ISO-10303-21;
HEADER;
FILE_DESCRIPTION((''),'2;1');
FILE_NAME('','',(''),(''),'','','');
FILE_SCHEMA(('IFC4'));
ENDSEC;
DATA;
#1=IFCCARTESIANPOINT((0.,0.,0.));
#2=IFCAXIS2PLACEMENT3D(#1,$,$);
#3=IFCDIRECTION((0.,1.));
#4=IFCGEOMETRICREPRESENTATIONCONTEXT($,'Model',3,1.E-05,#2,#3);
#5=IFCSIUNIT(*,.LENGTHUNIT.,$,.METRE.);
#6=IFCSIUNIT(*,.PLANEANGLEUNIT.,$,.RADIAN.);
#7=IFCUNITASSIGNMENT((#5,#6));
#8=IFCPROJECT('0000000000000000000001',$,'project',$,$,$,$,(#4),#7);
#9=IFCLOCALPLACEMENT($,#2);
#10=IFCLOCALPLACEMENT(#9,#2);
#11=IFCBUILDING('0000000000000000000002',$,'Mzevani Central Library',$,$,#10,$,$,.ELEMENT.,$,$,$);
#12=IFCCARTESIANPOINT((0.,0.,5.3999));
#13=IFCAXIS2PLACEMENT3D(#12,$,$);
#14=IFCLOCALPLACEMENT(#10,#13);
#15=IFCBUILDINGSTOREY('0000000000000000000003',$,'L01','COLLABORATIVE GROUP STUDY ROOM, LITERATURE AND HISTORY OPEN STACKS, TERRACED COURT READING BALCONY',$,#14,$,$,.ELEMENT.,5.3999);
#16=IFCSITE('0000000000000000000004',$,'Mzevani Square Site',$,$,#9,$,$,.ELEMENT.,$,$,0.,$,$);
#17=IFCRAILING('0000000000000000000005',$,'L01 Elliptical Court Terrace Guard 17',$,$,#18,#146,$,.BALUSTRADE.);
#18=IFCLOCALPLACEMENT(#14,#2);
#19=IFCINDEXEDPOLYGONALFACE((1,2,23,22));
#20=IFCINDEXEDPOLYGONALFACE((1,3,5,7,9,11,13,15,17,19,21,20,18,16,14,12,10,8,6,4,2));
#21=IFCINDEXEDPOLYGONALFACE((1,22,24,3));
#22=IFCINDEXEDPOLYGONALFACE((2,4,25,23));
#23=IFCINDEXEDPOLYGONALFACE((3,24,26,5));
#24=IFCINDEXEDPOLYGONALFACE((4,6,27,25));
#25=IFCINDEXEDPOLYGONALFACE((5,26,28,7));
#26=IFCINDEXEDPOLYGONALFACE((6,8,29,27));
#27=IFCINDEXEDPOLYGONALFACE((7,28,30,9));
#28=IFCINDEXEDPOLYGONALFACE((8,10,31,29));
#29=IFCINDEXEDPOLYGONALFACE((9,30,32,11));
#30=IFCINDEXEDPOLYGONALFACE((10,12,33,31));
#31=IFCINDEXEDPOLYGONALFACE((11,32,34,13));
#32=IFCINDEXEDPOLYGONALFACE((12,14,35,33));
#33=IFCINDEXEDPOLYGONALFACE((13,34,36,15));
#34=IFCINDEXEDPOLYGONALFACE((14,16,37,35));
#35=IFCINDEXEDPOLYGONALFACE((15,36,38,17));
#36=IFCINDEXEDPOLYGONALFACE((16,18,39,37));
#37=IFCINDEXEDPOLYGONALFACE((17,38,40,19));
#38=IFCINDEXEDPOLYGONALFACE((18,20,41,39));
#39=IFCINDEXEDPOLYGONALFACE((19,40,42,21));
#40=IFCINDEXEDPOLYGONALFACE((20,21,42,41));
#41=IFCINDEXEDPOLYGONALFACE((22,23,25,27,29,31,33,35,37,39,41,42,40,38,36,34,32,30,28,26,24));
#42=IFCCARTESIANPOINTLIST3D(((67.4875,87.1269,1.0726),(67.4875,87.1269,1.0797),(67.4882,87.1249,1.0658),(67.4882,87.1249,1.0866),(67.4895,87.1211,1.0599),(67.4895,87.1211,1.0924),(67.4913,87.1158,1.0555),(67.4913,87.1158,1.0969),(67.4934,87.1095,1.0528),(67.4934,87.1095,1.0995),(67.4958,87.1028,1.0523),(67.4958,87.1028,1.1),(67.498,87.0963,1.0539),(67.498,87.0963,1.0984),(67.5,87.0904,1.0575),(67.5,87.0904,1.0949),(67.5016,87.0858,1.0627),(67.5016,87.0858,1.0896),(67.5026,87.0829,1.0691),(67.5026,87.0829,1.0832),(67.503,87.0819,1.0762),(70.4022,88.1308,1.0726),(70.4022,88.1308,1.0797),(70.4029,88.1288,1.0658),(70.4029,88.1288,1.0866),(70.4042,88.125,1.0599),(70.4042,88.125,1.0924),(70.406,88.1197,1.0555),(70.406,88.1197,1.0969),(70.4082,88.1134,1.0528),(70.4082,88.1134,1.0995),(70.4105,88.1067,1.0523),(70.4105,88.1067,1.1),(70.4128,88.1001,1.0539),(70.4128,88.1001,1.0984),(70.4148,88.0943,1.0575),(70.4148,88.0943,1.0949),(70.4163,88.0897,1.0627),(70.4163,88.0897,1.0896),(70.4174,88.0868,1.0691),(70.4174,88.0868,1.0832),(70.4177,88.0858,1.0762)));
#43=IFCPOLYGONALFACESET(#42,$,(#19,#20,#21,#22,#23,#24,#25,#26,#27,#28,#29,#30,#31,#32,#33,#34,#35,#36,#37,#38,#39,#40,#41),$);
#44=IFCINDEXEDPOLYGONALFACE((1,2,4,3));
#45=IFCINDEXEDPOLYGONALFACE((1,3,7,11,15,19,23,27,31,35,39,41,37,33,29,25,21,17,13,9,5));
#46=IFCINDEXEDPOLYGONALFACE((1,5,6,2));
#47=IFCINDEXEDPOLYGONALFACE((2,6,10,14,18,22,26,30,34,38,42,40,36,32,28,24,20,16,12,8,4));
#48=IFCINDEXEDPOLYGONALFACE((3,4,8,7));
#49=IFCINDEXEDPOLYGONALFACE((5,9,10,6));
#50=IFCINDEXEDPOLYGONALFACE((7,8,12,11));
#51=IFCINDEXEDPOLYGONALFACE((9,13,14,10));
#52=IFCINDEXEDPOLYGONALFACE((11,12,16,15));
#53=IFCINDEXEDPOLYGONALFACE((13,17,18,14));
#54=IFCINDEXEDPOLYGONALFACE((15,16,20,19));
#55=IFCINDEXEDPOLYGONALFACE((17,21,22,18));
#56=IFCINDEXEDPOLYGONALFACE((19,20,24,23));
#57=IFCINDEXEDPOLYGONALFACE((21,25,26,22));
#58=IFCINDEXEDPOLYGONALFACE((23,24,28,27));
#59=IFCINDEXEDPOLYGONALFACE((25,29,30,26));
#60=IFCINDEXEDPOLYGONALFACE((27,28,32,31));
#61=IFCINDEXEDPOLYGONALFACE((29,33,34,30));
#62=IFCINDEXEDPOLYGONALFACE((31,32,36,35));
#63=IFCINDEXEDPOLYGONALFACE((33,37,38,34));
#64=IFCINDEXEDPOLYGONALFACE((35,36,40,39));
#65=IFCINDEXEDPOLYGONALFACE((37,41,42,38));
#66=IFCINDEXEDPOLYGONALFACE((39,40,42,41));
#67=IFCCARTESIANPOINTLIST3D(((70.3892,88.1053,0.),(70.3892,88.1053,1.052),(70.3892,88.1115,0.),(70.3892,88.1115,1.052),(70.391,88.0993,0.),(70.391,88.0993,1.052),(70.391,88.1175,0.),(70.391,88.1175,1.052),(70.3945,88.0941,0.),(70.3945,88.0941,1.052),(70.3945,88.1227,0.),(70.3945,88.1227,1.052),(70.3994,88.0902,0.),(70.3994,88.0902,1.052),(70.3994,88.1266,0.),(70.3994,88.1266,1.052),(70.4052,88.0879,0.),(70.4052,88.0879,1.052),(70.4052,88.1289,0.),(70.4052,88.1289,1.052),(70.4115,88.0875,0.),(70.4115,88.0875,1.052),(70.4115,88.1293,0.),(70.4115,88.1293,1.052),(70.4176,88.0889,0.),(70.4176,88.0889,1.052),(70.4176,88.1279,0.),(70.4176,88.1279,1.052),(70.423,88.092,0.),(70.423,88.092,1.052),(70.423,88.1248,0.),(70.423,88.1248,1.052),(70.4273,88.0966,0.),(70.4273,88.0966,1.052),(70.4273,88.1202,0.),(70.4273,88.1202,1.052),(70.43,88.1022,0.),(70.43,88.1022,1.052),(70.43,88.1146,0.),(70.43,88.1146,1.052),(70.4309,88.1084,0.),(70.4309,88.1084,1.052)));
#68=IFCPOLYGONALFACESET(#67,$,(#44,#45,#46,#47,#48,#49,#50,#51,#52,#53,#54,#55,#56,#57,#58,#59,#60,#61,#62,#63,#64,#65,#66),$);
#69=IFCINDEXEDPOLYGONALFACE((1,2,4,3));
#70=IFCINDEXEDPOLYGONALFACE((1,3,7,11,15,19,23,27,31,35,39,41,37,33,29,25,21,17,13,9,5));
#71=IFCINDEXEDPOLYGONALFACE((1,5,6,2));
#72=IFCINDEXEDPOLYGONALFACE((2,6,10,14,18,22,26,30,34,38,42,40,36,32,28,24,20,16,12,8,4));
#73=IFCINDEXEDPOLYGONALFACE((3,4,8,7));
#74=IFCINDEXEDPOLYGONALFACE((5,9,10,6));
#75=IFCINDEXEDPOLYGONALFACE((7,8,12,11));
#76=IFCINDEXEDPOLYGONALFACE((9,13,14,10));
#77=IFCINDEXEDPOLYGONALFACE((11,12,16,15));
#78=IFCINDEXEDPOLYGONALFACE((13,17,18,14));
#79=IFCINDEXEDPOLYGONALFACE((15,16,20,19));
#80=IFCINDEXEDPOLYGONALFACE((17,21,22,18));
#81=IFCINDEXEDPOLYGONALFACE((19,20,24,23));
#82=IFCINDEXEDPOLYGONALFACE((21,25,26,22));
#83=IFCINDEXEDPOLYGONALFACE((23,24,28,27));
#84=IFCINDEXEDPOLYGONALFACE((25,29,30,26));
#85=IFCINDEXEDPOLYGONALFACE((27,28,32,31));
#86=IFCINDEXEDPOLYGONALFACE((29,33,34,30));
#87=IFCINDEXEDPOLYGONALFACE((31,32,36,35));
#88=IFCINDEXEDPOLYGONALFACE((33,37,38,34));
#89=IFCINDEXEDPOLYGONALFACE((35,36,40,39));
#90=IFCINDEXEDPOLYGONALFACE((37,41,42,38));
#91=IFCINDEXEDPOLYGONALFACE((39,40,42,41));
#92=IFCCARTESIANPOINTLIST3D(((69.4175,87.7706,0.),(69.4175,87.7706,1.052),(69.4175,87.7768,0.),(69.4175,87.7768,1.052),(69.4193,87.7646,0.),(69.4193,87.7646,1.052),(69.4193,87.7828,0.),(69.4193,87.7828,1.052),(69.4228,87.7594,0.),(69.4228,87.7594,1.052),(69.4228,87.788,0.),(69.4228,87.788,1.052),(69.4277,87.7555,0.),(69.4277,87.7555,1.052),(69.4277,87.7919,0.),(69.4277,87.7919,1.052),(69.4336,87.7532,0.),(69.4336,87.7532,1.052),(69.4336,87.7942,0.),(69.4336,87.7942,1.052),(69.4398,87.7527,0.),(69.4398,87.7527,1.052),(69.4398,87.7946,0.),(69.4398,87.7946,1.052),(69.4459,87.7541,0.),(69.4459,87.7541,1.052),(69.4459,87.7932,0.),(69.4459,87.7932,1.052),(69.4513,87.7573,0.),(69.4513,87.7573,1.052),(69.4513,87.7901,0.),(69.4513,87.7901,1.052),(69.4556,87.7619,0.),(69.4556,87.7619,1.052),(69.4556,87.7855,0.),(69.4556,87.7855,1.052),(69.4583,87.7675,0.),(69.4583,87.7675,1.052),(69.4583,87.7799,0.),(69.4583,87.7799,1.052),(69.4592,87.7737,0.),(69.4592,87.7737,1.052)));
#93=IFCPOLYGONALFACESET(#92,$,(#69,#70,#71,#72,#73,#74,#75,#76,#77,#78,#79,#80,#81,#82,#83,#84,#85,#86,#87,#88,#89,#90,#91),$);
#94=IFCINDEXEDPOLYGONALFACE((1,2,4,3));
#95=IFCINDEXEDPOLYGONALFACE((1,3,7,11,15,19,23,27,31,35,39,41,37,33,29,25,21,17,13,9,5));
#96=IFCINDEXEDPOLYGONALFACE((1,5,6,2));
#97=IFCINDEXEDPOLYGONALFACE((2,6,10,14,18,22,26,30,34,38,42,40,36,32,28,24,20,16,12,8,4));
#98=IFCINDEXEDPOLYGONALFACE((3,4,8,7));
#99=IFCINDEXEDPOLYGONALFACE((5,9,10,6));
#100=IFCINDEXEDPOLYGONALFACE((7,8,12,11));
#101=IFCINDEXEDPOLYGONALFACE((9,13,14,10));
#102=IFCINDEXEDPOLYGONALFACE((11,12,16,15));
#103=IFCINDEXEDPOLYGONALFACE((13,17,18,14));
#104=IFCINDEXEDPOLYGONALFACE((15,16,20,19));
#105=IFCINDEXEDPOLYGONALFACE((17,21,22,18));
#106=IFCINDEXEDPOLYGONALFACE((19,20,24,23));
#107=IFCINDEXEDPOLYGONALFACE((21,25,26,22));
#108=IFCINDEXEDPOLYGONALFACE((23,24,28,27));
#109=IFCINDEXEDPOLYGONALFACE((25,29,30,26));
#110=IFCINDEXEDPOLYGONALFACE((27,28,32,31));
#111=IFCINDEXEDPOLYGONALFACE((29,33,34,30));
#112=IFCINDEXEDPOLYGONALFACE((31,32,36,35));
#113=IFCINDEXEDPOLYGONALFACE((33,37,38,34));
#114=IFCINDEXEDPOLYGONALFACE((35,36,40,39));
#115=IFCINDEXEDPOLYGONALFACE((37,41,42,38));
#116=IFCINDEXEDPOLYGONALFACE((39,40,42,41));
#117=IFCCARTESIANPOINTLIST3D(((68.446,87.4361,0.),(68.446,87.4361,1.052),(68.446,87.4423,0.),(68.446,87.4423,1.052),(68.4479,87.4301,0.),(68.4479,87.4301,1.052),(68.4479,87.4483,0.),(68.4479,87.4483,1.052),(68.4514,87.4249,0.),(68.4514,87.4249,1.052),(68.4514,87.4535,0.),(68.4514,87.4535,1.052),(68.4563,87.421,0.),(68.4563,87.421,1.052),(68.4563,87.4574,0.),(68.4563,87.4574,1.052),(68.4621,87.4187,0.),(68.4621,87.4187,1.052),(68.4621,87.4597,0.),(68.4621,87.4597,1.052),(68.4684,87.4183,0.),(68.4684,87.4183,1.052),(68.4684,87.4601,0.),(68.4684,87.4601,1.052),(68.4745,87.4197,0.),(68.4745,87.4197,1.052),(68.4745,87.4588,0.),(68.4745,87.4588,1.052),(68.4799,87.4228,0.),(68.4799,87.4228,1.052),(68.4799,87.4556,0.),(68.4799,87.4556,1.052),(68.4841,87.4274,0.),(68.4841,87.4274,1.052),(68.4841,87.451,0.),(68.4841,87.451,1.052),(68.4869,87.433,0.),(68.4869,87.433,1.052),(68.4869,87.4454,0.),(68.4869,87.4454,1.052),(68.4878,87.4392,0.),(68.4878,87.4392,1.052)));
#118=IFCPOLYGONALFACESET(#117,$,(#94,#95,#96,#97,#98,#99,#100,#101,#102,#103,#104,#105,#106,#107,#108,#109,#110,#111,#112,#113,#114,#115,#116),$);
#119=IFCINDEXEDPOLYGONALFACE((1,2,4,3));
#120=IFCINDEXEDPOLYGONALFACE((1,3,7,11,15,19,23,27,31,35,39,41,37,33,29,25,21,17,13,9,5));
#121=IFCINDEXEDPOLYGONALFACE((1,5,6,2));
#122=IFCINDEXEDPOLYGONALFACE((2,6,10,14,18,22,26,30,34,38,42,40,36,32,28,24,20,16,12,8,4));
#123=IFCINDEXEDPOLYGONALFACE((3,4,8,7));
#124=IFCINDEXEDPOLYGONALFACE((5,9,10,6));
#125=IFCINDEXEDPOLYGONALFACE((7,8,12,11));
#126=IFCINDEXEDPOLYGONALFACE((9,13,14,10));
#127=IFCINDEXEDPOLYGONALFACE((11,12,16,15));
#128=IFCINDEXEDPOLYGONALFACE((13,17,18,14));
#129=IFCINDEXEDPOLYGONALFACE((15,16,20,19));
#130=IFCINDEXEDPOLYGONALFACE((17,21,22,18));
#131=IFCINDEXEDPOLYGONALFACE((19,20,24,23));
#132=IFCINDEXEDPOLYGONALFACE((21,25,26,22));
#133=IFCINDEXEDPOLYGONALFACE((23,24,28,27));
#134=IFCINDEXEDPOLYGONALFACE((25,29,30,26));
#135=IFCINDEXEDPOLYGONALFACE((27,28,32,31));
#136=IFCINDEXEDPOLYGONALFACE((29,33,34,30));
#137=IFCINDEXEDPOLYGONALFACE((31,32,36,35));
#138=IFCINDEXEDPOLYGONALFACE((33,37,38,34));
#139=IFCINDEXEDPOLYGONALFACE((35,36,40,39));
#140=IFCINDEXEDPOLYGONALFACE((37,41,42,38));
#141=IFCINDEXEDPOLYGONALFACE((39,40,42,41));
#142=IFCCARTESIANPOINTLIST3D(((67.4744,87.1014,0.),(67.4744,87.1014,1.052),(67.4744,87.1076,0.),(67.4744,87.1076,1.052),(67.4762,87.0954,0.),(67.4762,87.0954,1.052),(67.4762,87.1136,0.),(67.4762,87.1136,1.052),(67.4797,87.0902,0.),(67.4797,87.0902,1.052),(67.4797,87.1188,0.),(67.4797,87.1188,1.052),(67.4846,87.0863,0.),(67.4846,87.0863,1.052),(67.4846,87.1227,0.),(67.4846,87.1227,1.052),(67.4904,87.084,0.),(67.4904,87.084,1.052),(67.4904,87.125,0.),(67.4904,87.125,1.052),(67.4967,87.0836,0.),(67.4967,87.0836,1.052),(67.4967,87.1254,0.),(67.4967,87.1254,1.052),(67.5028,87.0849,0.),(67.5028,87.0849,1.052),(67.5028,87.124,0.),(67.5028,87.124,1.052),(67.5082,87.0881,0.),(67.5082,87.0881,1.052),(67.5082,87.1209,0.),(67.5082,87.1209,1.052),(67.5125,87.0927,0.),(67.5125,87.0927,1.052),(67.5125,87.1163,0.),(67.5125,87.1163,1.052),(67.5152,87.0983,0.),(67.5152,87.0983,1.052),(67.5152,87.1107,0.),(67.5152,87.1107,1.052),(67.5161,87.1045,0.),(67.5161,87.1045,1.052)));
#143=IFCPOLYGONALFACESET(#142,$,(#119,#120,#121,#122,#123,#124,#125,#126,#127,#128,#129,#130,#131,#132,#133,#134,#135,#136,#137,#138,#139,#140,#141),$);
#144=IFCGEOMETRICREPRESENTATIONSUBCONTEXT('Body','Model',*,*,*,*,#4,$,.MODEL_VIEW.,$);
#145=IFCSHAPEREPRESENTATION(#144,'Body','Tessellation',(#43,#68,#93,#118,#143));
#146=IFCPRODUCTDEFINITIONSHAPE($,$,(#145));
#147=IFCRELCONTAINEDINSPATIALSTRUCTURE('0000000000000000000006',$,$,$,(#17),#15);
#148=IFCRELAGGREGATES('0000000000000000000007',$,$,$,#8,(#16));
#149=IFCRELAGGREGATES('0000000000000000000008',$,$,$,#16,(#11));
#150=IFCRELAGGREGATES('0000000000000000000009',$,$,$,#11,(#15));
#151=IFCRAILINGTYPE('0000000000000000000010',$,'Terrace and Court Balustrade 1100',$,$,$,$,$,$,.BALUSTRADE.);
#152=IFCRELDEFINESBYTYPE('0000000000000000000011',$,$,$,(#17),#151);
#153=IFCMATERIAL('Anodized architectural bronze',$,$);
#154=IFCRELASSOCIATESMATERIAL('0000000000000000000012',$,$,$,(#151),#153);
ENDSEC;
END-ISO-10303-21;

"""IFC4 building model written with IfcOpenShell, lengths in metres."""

from ifc_helpers import new_model, si_unit, direction, frame, origin, origin_2d, place, context, subcontext, project, spatial, circle, extrude, material, type_object, element, save


model = new_model("IFC4")

# Units and contexts
model_context = context("Model", 3, precision=1e-05, world=origin(), true_north=direction((0.0, 1.0)))
body_context = subcontext(model_context, "Body", "Model", "MODEL_VIEW")
ifc_project = project(units=[si_unit("LENGTHUNIT", "METRE"), si_unit("PLANEANGLEUNIT", "RADIAN")], contexts=[model_context])

# Site, building, storey
site_placement = place(None, origin())
site = spatial("IfcSite", under=ifc_project, at=site_placement, Name="Mzevani Square Site", CompositionType="ELEMENT", RefElevation=0.0)
building_placement = place(site_placement, origin())
building = spatial("IfcBuilding", under=site, at=building_placement, Name="Mzevani Central Library", CompositionType="ELEMENT")
storey_placement = place(building_placement, frame((0.0, 0.0, 5.3999)))
storey = spatial("IfcBuildingStorey", under=building, at=storey_placement, Name="L01", Description="COLLABORATIVE GROUP STUDY ROOM, LITERATURE AND HISTORY OPEN STACKS, TERRACED COURT READING BALCONY", CompositionType="ELEMENT", Elevation=5.3999)

# Railing
ifc_material_1 = material(Name="Anodized architectural bronze")
railing_type = type_object("IfcRailingType", Name="Terrace and Court Balustrade 1100", PredefinedType="BALUSTRADE", material=ifc_material_1)
railing_1_placement = place(storey_placement, frame((70.4099, 88.1084, 0.0)))
element("IfcRailing", 1, at=railing_1_placement, inside=storey, type_object=railing_type, Name="L01 Elliptical Court Terrace Guard 17", PredefinedType="BALUSTRADE", context=body_context, shape_type="SweptSolid", body=[
    extrude(circle(Radius=0.0239, at=origin_2d()), frame((0.0, 0.0, 1.0762), z_axis=(-0.945492, -0.325644, 0.0), x_axis=(0.325644, -0.945492, 0.0)), (0.0, 0.0, 1.0), 3.0828),
    extrude(circle(Radius=0.021, at=origin_2d()), origin(), (0.0, 0.0, 1.0), 1.052),
    extrude(circle(Radius=0.021, at=origin_2d()), frame((-0.9717, -0.3347, 0.0)), (0.0, 0.0, 1.0), 1.052),
    extrude(circle(Radius=0.021, at=origin_2d()), frame((-1.9431, -0.6692, 0.0)), (0.0, 0.0, 1.0), 1.052),
    extrude(circle(Radius=0.021, at=origin_2d()), frame((-2.9148, -1.0039, 0.0)), (0.0, 0.0, 1.0), 1.052),
])

save(model, "model.ifc")
